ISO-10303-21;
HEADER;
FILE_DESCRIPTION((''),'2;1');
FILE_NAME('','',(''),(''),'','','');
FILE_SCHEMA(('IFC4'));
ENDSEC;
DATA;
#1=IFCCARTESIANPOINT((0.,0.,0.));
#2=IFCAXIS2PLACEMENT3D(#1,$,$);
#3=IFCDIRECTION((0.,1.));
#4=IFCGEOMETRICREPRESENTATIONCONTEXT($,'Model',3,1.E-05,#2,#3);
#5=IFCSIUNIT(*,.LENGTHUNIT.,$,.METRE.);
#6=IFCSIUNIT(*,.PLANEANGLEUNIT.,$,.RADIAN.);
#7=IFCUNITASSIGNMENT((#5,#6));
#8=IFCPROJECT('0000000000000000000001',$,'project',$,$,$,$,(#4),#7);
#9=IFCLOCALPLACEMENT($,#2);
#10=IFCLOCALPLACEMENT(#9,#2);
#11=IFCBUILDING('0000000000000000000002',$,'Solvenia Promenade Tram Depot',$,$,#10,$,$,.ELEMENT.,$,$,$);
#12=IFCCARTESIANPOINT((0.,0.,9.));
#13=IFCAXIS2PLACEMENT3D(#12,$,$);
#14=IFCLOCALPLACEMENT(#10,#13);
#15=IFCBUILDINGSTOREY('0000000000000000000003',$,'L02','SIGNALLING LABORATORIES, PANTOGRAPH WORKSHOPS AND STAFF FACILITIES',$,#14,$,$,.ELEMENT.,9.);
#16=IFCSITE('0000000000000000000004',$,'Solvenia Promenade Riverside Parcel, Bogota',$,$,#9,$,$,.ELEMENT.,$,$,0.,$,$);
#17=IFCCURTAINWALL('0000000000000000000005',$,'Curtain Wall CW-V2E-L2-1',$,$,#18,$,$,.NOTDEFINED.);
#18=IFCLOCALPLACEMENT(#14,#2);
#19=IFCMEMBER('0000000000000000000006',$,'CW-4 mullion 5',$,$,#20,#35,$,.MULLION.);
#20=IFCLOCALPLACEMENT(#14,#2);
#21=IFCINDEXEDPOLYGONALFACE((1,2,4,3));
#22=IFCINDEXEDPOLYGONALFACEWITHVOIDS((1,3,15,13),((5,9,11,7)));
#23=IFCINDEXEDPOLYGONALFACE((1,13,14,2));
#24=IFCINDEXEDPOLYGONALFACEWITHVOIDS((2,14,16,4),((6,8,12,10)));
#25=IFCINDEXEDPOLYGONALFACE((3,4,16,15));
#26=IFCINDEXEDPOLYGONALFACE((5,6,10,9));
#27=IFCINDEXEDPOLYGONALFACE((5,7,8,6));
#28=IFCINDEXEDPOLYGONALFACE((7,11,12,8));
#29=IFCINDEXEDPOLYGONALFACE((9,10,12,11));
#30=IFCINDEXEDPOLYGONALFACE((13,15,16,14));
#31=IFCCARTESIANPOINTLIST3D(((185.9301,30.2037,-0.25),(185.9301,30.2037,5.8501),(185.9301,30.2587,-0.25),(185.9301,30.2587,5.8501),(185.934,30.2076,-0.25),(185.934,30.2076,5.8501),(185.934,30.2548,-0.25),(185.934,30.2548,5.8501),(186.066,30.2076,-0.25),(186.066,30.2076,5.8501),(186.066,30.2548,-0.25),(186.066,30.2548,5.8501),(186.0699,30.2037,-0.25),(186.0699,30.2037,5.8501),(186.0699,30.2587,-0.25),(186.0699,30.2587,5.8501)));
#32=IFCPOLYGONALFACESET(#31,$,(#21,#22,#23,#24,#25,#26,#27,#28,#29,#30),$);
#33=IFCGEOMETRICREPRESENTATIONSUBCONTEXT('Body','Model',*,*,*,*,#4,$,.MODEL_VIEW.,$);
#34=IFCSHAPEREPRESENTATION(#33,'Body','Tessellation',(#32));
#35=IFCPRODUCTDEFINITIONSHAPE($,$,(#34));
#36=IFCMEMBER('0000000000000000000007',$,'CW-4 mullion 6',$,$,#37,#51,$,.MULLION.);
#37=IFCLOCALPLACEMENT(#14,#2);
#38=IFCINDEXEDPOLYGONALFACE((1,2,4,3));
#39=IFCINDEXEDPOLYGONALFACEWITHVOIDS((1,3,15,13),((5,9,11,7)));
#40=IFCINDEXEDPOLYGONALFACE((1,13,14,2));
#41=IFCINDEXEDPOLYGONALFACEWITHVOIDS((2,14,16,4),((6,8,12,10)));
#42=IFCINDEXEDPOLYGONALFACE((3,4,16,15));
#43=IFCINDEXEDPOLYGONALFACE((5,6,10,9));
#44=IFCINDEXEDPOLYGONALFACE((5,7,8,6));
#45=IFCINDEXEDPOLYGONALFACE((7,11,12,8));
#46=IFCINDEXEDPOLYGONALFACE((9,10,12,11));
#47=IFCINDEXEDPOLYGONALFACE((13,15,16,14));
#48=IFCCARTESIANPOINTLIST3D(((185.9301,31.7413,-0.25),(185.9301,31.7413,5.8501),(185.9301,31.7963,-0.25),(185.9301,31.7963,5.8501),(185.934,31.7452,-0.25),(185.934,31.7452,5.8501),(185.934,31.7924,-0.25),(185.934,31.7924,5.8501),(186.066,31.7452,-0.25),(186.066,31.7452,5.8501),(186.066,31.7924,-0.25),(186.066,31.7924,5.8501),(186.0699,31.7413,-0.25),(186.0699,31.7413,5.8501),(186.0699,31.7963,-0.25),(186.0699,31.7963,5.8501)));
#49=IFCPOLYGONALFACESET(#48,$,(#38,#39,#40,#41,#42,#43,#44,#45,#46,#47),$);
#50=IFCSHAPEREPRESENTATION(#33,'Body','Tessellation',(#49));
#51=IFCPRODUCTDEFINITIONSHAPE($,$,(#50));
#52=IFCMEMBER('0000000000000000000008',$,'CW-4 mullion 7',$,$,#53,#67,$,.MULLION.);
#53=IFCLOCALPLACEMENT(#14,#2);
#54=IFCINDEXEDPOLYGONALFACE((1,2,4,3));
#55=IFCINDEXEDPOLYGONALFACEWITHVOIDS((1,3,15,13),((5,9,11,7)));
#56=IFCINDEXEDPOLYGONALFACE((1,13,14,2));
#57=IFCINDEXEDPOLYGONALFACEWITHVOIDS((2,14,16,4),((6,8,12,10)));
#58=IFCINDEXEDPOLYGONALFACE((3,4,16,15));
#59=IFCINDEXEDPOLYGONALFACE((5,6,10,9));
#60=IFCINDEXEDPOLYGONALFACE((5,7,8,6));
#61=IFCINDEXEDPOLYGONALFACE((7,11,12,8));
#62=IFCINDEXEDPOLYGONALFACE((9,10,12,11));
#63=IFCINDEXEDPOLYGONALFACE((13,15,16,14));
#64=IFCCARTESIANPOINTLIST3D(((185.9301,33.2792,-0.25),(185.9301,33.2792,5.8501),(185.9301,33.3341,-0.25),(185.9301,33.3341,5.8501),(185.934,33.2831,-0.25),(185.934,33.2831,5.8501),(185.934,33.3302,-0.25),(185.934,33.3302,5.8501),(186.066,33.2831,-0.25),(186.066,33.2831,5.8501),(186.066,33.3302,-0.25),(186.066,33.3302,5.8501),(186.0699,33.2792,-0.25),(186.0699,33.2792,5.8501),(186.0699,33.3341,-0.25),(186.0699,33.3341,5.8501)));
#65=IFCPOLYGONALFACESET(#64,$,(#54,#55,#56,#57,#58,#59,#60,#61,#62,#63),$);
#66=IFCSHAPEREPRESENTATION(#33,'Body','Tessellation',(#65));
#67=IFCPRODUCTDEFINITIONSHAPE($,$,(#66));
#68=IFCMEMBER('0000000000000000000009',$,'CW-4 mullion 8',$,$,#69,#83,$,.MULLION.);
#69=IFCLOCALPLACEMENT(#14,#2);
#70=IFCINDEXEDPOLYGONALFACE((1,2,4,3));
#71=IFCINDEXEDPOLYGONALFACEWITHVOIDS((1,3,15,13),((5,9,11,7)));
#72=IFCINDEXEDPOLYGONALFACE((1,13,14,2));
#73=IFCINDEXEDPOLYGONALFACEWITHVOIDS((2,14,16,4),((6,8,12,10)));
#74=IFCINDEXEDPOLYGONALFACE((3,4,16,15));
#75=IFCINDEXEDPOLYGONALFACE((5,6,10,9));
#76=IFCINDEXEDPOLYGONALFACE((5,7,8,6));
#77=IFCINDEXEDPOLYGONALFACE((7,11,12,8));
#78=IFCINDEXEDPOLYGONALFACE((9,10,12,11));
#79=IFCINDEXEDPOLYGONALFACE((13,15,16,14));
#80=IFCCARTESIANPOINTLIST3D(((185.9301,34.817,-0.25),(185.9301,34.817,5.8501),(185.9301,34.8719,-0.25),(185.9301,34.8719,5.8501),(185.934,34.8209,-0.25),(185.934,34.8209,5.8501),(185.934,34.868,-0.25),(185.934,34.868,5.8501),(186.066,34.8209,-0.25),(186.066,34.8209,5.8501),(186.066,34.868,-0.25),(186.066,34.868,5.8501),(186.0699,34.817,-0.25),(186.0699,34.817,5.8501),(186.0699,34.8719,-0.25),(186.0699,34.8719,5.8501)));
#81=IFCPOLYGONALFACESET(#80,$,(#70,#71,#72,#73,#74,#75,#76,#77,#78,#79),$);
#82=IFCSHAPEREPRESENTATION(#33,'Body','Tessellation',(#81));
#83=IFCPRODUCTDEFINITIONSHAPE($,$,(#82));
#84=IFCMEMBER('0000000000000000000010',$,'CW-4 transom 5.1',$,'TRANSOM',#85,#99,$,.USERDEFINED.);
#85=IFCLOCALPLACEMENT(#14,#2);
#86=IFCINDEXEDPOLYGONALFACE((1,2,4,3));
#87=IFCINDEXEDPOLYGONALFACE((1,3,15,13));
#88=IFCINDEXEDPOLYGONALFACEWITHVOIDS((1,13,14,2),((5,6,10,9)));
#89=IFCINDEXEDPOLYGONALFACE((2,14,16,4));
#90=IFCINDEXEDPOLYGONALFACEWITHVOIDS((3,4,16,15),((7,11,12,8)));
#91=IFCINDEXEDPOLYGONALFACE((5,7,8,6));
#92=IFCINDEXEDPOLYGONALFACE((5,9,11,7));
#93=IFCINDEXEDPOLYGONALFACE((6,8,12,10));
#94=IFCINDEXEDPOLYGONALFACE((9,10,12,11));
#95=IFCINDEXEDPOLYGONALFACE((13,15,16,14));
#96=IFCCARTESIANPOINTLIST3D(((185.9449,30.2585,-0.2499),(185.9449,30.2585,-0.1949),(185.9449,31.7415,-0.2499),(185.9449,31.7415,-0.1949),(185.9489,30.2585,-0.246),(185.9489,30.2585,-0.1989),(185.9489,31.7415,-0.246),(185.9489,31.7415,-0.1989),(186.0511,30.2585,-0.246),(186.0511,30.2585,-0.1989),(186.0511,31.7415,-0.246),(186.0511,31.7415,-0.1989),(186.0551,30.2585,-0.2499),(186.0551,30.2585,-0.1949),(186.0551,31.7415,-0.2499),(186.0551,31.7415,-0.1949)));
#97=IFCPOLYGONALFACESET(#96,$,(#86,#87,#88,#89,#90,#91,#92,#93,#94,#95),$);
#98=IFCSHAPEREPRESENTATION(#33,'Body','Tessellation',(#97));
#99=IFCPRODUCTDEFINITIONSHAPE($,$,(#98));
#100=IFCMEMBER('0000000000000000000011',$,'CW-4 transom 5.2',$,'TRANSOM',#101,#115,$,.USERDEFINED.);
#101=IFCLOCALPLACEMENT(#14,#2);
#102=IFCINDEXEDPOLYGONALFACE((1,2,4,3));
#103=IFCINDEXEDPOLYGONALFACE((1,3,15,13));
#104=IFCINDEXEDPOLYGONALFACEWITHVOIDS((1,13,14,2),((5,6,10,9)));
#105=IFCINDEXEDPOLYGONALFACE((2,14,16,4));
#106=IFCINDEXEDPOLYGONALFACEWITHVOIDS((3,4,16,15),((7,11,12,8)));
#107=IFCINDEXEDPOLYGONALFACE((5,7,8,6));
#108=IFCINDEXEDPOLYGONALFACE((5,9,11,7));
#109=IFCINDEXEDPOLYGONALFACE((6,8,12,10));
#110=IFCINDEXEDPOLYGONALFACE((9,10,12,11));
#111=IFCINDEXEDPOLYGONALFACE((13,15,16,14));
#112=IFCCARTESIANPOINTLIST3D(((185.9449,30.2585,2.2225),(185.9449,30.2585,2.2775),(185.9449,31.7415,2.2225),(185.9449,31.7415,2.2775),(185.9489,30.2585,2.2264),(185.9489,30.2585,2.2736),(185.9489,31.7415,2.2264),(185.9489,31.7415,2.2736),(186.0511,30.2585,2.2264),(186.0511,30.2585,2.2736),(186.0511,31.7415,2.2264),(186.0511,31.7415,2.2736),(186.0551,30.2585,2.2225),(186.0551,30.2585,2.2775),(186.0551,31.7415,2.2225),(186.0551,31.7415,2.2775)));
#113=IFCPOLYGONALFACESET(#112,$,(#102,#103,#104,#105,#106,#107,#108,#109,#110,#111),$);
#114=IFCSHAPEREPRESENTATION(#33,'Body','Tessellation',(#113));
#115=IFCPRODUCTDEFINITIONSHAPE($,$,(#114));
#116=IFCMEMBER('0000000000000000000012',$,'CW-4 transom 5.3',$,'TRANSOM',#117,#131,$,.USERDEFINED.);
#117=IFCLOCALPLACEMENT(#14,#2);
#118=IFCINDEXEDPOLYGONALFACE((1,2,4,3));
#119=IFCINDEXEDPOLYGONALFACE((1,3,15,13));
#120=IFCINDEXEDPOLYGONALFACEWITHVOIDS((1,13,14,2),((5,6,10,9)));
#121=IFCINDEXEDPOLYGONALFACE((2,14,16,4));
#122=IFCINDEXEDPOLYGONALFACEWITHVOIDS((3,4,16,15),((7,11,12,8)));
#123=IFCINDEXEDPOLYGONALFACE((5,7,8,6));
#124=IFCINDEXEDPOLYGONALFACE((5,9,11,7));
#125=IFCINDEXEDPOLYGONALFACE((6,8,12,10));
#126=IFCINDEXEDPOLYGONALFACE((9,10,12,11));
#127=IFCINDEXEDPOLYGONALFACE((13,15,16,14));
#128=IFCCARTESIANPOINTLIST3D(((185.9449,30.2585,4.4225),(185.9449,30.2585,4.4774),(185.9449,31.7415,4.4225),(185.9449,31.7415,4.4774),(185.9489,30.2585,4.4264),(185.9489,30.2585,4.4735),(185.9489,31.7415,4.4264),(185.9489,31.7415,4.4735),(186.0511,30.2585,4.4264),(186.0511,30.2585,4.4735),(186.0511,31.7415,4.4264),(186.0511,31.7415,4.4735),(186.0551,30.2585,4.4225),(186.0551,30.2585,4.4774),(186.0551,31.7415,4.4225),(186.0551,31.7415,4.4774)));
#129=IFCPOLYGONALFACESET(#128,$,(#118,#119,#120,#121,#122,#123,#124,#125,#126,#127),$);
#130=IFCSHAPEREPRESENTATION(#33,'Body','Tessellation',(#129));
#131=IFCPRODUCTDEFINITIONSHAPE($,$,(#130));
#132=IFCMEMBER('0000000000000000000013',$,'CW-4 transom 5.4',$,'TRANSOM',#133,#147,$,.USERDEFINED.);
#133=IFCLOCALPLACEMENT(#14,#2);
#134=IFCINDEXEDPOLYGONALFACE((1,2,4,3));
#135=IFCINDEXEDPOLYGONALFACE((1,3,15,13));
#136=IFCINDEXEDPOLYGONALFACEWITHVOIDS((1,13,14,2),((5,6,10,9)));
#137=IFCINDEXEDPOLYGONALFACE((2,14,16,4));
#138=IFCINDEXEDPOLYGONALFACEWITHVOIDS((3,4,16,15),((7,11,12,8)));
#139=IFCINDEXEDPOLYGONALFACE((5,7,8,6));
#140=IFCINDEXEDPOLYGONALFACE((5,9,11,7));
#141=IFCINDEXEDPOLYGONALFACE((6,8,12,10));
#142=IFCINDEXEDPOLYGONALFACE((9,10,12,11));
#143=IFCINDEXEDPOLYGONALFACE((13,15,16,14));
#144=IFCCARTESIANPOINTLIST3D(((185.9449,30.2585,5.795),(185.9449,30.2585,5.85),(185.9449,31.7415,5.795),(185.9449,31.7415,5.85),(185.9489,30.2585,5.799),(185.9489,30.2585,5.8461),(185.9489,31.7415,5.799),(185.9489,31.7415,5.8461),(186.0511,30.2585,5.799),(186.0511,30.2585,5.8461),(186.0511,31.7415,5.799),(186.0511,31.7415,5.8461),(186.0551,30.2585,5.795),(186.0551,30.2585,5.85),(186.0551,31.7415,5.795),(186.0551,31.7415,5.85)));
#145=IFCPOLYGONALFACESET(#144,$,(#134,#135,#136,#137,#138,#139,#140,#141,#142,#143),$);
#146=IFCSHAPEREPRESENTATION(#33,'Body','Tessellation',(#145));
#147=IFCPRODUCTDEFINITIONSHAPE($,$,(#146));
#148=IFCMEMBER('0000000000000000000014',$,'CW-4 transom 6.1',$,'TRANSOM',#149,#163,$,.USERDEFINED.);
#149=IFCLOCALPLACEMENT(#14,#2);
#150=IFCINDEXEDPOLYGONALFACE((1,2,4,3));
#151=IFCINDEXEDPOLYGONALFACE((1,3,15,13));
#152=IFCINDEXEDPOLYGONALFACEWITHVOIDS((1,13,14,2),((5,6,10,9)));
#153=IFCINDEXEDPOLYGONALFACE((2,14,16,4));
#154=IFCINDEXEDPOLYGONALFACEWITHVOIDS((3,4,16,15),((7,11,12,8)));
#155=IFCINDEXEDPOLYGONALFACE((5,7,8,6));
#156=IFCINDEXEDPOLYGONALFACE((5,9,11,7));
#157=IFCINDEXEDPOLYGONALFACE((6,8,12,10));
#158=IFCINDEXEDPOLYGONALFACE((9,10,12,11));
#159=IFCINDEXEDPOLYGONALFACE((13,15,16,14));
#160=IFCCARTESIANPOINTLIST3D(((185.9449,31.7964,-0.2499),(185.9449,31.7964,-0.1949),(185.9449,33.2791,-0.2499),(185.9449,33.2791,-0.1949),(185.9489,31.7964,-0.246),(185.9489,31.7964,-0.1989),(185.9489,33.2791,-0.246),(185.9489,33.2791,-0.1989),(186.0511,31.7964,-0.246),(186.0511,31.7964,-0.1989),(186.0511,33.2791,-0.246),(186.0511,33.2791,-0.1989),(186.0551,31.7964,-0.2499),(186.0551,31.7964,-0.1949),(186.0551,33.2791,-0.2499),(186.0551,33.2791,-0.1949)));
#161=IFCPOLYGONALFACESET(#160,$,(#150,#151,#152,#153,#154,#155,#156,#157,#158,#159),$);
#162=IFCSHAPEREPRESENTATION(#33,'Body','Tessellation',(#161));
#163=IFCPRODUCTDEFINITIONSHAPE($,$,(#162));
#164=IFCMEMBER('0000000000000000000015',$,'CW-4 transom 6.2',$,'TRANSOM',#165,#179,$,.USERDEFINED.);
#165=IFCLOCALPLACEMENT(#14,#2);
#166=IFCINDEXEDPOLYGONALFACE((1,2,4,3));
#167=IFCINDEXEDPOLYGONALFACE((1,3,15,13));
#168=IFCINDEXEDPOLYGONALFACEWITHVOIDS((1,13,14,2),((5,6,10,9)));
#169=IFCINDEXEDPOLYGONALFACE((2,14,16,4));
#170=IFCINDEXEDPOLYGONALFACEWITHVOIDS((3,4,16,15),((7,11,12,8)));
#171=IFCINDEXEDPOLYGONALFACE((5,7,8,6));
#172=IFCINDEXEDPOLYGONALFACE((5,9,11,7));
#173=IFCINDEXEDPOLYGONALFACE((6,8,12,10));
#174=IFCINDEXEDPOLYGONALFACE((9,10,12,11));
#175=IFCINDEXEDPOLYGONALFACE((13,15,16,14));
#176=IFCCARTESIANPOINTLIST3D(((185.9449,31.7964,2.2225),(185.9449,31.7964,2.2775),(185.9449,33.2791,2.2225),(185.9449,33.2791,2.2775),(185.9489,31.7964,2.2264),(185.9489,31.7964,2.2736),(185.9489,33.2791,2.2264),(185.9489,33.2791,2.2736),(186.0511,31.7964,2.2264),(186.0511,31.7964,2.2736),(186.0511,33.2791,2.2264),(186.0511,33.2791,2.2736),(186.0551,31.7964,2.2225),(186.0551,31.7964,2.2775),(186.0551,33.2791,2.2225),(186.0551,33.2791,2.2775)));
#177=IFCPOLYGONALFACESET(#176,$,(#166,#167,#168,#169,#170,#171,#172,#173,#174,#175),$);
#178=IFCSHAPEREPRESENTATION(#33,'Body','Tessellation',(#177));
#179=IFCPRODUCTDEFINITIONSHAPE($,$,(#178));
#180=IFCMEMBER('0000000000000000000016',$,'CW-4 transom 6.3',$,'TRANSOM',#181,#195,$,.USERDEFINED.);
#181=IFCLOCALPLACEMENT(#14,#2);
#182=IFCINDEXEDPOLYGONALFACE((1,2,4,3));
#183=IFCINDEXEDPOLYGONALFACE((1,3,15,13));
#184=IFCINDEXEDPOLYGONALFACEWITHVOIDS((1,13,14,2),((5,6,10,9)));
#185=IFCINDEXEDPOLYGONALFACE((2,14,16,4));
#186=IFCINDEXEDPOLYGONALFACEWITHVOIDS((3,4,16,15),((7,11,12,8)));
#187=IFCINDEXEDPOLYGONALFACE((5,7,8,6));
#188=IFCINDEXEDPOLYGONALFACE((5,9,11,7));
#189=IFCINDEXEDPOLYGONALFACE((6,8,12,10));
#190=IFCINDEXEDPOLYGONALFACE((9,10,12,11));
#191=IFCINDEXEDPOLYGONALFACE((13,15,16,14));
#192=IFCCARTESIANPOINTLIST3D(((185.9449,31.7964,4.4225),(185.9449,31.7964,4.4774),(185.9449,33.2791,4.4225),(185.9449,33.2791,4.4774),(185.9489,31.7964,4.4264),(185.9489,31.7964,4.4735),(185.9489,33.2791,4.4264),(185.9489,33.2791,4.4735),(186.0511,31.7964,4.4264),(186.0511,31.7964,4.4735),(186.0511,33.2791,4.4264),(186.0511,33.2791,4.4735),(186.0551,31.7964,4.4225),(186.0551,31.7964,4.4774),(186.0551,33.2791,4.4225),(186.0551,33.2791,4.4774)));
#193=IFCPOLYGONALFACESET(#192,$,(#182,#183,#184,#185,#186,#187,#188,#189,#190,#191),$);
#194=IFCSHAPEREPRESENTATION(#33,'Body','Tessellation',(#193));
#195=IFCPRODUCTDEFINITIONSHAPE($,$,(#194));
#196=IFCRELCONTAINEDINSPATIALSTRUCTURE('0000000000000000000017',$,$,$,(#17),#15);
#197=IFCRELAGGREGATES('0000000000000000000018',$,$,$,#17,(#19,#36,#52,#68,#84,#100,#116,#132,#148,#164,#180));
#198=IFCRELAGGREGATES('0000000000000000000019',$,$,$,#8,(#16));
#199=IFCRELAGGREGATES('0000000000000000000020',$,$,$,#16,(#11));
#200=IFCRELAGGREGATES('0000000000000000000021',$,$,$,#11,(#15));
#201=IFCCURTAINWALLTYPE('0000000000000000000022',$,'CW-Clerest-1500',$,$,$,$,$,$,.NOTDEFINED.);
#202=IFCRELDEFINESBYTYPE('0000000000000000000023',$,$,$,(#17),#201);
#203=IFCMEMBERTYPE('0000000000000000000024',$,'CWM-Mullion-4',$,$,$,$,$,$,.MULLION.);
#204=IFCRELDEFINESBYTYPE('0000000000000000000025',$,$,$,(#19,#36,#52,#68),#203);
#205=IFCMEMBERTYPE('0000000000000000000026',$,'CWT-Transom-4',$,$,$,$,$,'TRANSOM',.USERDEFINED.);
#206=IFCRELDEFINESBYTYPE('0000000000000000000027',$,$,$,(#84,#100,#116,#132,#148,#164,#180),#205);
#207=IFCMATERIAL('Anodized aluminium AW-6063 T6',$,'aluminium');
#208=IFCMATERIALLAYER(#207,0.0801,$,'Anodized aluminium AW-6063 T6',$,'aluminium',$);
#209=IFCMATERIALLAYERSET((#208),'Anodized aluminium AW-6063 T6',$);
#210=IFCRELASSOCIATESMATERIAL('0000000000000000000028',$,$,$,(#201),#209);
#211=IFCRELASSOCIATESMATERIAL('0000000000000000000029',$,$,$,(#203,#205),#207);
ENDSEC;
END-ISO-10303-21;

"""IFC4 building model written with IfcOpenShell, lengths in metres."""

from ifc_helpers import new_model, si_unit, direction, frame, origin, origin_2d, place, context, subcontext, project, spatial, hollow_rectangle, extrude, material, layer, layer_set, material_profile, profile_set, type_object, element, aggregate, save


model = new_model("IFC4")

# Units and contexts
model_context = context("Model", 3, precision=1e-05, world=origin(), true_north=direction((0.0, 1.0)))
body_context = subcontext(model_context, "Body", "Model", "MODEL_VIEW")
ifc_project = project(units=[si_unit("LENGTHUNIT", "METRE"), si_unit("PLANEANGLEUNIT", "RADIAN")], contexts=[model_context])

# Site, building, storey
site_placement = place(None, origin())
site = spatial("IfcSite", under=ifc_project, at=site_placement, Name="Solvenia Promenade Riverside Parcel, Bogota", CompositionType="ELEMENT", RefElevation=0.0)
building_placement = place(site_placement, origin())
building = spatial("IfcBuilding", under=site, at=building_placement, Name="Solvenia Promenade Tram Depot", CompositionType="ELEMENT")
storey_placement = place(building_placement, frame((0.0, 0.0, 9.0)))
storey = spatial("IfcBuildingStorey", under=building, at=storey_placement, Name="L02", Description="SIGNALLING LABORATORIES, PANTOGRAPH WORKSHOPS AND STAFF FACILITIES", CompositionType="ELEMENT", Elevation=9.0)

# Curtain wall, members
ifc_material_1 = material(Name="Anodized aluminium AW-6063 T6", Category="aluminium")
ifc_layer_1 = layer(ifc_material_1, 0.0801, Name="Anodized aluminium AW-6063 T6", Category="aluminium")
ifc_layer_set_1 = layer_set([ifc_layer_1], Name="Anodized aluminium AW-6063 T6")
curtain_wall_type = type_object("IfcCurtainWallType", Name="CW-Clerest-1500", PredefinedType="NOTDEFINED", material=ifc_layer_set_1)
curtain_wall_placement = place(storey_placement, origin())
curtain_wall = element("IfcCurtainWall", 1, at=curtain_wall_placement, inside=storey, type_object=curtain_wall_type, Name="Curtain Wall CW-V2E-L2-1", PredefinedType="NOTDEFINED")
ifc_material_profile_1 = material_profile(ifc_material_1, hollow_rectangle(XDim=0.1399, YDim=0.0549, WallThickness=0.0039, at=origin_2d()), Name="ALU-M4", Category="aluminium")
ifc_profile_set_1 = profile_set([ifc_material_profile_1], Name="Anodized aluminium AW-6063 T6")
member_type_1 = type_object("IfcMemberType", Name="CWM-Mullion-4", PredefinedType="MULLION", material=ifc_profile_set_1)
member_1_placement = place(storey_placement, frame((186.0, 30.2312, -0.25), z_axis=(0.0, 0.0, 1.0), x_axis=(-1.0, 0.0, 0.0)))
member_1 = element("IfcMember", 2, at=member_1_placement, type_object=member_type_1, Name="CW-4 mullion 5", PredefinedType="MULLION", context=body_context, shape_type="SweptSolid", body=[
    extrude(hollow_rectangle(XDim=0.1399, YDim=0.0549, WallThickness=0.0039, at=origin_2d()), origin(), (0.0, 0.0, 1.0), 6.1001),
])
member_2_placement = place(storey_placement, frame((186.0, 31.7688, -0.25), z_axis=(0.0, 0.0, 1.0), x_axis=(-1.0, 0.0, 0.0)))
member_2 = element("IfcMember", 3, at=member_2_placement, type_object=member_type_1, Name="CW-4 mullion 6", PredefinedType="MULLION", context=body_context, shape_type="SweptSolid", body=[
    extrude(hollow_rectangle(XDim=0.1399, YDim=0.0549, WallThickness=0.0039, at=origin_2d()), origin(), (0.0, 0.0, 1.0), 6.1001),
])
member_3_placement = place(storey_placement, frame((186.0, 33.3066, -0.25), z_axis=(0.0, 0.0, 1.0), x_axis=(-1.0, 0.0, 0.0)))
member_3 = element("IfcMember", 4, at=member_3_placement, type_object=member_type_1, Name="CW-4 mullion 7", PredefinedType="MULLION", context=body_context, shape_type="SweptSolid", body=[
    extrude(hollow_rectangle(XDim=0.1399, YDim=0.0549, WallThickness=0.0039, at=origin_2d()), origin(), (0.0, 0.0, 1.0), 6.1001),
])
member_4_placement = place(storey_placement, frame((186.0, 34.8445, -0.25), z_axis=(0.0, 0.0, 1.0), x_axis=(-1.0, 0.0, 0.0)))
member_4 = element("IfcMember", 5, at=member_4_placement, type_object=member_type_1, Name="CW-4 mullion 8", PredefinedType="MULLION", context=body_context, shape_type="SweptSolid", body=[
    extrude(hollow_rectangle(XDim=0.1399, YDim=0.0549, WallThickness=0.0039, at=origin_2d()), origin(), (0.0, 0.0, 1.0), 6.1001),
])
ifc_material_profile_2 = material_profile(ifc_material_1, hollow_rectangle(XDim=0.1101, YDim=0.0549, WallThickness=0.0039, at=origin_2d()), Name="ALU-T4", Category="aluminium")
ifc_profile_set_2 = profile_set([ifc_material_profile_2], Name="Anodized aluminium AW-6063 T6")
member_type_2 = type_object("IfcMemberType", Name="CWT-Transom-4", ElementType="TRANSOM", PredefinedType="USERDEFINED", material=ifc_profile_set_2)
member_5_placement = place(storey_placement, frame((186.0, 30.2585, -0.2224), z_axis=(0.0, 1.0, 0.0), x_axis=(-1.0, 0.0, 0.0)))
member_5 = element("IfcMember", 6, at=member_5_placement, type_object=member_type_2, Name="CW-4 transom 5.1", ObjectType="TRANSOM", PredefinedType="USERDEFINED", context=body_context, shape_type="SweptSolid", body=[
    extrude(hollow_rectangle(XDim=0.1101, YDim=0.0549, WallThickness=0.0039, at=origin_2d()), origin(), (0.0, 0.0, 1.0), 1.4829),
])
member_6_placement = place(storey_placement, frame((186.0, 30.2585, 2.25), z_axis=(0.0, 1.0, 0.0), x_axis=(-1.0, 0.0, 0.0)))
member_6 = element("IfcMember", 7, at=member_6_placement, type_object=member_type_2, Name="CW-4 transom 5.2", ObjectType="TRANSOM", PredefinedType="USERDEFINED", context=body_context, shape_type="SweptSolid", body=[
    extrude(hollow_rectangle(XDim=0.1101, YDim=0.0549, WallThickness=0.0039, at=origin_2d()), origin(), (0.0, 0.0, 1.0), 1.4829),
])
member_7_placement = place(storey_placement, frame((186.0, 30.2585, 4.45), z_axis=(0.0, 1.0, 0.0), x_axis=(-1.0, 0.0, 0.0)))
member_7 = element("IfcMember", 8, at=member_7_placement, type_object=member_type_2, Name="CW-4 transom 5.3", ObjectType="TRANSOM", PredefinedType="USERDEFINED", context=body_context, shape_type="SweptSolid", body=[
    extrude(hollow_rectangle(XDim=0.1101, YDim=0.0549, WallThickness=0.0039, at=origin_2d()), origin(), (0.0, 0.0, 1.0), 1.4829),
])
member_8_placement = place(storey_placement, frame((186.0, 30.2585, 5.8225), z_axis=(0.0, 1.0, 0.0), x_axis=(-1.0, 0.0, 0.0)))
member_8 = element("IfcMember", 9, at=member_8_placement, type_object=member_type_2, Name="CW-4 transom 5.4", ObjectType="TRANSOM", PredefinedType="USERDEFINED", context=body_context, shape_type="SweptSolid", body=[
    extrude(hollow_rectangle(XDim=0.1101, YDim=0.0549, WallThickness=0.0039, at=origin_2d()), origin(), (0.0, 0.0, 1.0), 1.4829),
])
member_9_placement = place(storey_placement, frame((186.0, 31.7964, -0.2224), z_axis=(0.0, 1.0, 0.0), x_axis=(-1.0, 0.0, 0.0)))
member_9 = element("IfcMember", 10, at=member_9_placement, type_object=member_type_2, Name="CW-4 transom 6.1", ObjectType="TRANSOM", PredefinedType="USERDEFINED", context=body_context, shape_type="SweptSolid", body=[
    extrude(hollow_rectangle(XDim=0.1101, YDim=0.0549, WallThickness=0.0039, at=origin_2d()), origin(), (0.0, 0.0, 1.0), 1.4827),
])
member_10_placement = place(storey_placement, frame((186.0, 31.7964, 2.25), z_axis=(0.0, 1.0, 0.0), x_axis=(-1.0, 0.0, 0.0)))
member_10 = element("IfcMember", 11, at=member_10_placement, type_object=member_type_2, Name="CW-4 transom 6.2", ObjectType="TRANSOM", PredefinedType="USERDEFINED", context=body_context, shape_type="SweptSolid", body=[
    extrude(hollow_rectangle(XDim=0.1101, YDim=0.0549, WallThickness=0.0039, at=origin_2d()), origin(), (0.0, 0.0, 1.0), 1.4827),
])
member_11_placement = place(storey_placement, frame((186.0, 31.7964, 4.45), z_axis=(0.0, 1.0, 0.0), x_axis=(-1.0, 0.0, 0.0)))
member_11 = element("IfcMember", 12, at=member_11_placement, type_object=member_type_2, Name="CW-4 transom 6.3", ObjectType="TRANSOM", PredefinedType="USERDEFINED", context=body_context, shape_type="SweptSolid", body=[
    extrude(hollow_rectangle(XDim=0.1101, YDim=0.0549, WallThickness=0.0039, at=origin_2d()), origin(), (0.0, 0.0, 1.0), 1.4827),
])

aggregate(curtain_wall, [member_1, member_2, member_3, member_4, member_5, member_6, member_7, member_8, member_9, member_10, member_11])

save(model, "model.ifc")
